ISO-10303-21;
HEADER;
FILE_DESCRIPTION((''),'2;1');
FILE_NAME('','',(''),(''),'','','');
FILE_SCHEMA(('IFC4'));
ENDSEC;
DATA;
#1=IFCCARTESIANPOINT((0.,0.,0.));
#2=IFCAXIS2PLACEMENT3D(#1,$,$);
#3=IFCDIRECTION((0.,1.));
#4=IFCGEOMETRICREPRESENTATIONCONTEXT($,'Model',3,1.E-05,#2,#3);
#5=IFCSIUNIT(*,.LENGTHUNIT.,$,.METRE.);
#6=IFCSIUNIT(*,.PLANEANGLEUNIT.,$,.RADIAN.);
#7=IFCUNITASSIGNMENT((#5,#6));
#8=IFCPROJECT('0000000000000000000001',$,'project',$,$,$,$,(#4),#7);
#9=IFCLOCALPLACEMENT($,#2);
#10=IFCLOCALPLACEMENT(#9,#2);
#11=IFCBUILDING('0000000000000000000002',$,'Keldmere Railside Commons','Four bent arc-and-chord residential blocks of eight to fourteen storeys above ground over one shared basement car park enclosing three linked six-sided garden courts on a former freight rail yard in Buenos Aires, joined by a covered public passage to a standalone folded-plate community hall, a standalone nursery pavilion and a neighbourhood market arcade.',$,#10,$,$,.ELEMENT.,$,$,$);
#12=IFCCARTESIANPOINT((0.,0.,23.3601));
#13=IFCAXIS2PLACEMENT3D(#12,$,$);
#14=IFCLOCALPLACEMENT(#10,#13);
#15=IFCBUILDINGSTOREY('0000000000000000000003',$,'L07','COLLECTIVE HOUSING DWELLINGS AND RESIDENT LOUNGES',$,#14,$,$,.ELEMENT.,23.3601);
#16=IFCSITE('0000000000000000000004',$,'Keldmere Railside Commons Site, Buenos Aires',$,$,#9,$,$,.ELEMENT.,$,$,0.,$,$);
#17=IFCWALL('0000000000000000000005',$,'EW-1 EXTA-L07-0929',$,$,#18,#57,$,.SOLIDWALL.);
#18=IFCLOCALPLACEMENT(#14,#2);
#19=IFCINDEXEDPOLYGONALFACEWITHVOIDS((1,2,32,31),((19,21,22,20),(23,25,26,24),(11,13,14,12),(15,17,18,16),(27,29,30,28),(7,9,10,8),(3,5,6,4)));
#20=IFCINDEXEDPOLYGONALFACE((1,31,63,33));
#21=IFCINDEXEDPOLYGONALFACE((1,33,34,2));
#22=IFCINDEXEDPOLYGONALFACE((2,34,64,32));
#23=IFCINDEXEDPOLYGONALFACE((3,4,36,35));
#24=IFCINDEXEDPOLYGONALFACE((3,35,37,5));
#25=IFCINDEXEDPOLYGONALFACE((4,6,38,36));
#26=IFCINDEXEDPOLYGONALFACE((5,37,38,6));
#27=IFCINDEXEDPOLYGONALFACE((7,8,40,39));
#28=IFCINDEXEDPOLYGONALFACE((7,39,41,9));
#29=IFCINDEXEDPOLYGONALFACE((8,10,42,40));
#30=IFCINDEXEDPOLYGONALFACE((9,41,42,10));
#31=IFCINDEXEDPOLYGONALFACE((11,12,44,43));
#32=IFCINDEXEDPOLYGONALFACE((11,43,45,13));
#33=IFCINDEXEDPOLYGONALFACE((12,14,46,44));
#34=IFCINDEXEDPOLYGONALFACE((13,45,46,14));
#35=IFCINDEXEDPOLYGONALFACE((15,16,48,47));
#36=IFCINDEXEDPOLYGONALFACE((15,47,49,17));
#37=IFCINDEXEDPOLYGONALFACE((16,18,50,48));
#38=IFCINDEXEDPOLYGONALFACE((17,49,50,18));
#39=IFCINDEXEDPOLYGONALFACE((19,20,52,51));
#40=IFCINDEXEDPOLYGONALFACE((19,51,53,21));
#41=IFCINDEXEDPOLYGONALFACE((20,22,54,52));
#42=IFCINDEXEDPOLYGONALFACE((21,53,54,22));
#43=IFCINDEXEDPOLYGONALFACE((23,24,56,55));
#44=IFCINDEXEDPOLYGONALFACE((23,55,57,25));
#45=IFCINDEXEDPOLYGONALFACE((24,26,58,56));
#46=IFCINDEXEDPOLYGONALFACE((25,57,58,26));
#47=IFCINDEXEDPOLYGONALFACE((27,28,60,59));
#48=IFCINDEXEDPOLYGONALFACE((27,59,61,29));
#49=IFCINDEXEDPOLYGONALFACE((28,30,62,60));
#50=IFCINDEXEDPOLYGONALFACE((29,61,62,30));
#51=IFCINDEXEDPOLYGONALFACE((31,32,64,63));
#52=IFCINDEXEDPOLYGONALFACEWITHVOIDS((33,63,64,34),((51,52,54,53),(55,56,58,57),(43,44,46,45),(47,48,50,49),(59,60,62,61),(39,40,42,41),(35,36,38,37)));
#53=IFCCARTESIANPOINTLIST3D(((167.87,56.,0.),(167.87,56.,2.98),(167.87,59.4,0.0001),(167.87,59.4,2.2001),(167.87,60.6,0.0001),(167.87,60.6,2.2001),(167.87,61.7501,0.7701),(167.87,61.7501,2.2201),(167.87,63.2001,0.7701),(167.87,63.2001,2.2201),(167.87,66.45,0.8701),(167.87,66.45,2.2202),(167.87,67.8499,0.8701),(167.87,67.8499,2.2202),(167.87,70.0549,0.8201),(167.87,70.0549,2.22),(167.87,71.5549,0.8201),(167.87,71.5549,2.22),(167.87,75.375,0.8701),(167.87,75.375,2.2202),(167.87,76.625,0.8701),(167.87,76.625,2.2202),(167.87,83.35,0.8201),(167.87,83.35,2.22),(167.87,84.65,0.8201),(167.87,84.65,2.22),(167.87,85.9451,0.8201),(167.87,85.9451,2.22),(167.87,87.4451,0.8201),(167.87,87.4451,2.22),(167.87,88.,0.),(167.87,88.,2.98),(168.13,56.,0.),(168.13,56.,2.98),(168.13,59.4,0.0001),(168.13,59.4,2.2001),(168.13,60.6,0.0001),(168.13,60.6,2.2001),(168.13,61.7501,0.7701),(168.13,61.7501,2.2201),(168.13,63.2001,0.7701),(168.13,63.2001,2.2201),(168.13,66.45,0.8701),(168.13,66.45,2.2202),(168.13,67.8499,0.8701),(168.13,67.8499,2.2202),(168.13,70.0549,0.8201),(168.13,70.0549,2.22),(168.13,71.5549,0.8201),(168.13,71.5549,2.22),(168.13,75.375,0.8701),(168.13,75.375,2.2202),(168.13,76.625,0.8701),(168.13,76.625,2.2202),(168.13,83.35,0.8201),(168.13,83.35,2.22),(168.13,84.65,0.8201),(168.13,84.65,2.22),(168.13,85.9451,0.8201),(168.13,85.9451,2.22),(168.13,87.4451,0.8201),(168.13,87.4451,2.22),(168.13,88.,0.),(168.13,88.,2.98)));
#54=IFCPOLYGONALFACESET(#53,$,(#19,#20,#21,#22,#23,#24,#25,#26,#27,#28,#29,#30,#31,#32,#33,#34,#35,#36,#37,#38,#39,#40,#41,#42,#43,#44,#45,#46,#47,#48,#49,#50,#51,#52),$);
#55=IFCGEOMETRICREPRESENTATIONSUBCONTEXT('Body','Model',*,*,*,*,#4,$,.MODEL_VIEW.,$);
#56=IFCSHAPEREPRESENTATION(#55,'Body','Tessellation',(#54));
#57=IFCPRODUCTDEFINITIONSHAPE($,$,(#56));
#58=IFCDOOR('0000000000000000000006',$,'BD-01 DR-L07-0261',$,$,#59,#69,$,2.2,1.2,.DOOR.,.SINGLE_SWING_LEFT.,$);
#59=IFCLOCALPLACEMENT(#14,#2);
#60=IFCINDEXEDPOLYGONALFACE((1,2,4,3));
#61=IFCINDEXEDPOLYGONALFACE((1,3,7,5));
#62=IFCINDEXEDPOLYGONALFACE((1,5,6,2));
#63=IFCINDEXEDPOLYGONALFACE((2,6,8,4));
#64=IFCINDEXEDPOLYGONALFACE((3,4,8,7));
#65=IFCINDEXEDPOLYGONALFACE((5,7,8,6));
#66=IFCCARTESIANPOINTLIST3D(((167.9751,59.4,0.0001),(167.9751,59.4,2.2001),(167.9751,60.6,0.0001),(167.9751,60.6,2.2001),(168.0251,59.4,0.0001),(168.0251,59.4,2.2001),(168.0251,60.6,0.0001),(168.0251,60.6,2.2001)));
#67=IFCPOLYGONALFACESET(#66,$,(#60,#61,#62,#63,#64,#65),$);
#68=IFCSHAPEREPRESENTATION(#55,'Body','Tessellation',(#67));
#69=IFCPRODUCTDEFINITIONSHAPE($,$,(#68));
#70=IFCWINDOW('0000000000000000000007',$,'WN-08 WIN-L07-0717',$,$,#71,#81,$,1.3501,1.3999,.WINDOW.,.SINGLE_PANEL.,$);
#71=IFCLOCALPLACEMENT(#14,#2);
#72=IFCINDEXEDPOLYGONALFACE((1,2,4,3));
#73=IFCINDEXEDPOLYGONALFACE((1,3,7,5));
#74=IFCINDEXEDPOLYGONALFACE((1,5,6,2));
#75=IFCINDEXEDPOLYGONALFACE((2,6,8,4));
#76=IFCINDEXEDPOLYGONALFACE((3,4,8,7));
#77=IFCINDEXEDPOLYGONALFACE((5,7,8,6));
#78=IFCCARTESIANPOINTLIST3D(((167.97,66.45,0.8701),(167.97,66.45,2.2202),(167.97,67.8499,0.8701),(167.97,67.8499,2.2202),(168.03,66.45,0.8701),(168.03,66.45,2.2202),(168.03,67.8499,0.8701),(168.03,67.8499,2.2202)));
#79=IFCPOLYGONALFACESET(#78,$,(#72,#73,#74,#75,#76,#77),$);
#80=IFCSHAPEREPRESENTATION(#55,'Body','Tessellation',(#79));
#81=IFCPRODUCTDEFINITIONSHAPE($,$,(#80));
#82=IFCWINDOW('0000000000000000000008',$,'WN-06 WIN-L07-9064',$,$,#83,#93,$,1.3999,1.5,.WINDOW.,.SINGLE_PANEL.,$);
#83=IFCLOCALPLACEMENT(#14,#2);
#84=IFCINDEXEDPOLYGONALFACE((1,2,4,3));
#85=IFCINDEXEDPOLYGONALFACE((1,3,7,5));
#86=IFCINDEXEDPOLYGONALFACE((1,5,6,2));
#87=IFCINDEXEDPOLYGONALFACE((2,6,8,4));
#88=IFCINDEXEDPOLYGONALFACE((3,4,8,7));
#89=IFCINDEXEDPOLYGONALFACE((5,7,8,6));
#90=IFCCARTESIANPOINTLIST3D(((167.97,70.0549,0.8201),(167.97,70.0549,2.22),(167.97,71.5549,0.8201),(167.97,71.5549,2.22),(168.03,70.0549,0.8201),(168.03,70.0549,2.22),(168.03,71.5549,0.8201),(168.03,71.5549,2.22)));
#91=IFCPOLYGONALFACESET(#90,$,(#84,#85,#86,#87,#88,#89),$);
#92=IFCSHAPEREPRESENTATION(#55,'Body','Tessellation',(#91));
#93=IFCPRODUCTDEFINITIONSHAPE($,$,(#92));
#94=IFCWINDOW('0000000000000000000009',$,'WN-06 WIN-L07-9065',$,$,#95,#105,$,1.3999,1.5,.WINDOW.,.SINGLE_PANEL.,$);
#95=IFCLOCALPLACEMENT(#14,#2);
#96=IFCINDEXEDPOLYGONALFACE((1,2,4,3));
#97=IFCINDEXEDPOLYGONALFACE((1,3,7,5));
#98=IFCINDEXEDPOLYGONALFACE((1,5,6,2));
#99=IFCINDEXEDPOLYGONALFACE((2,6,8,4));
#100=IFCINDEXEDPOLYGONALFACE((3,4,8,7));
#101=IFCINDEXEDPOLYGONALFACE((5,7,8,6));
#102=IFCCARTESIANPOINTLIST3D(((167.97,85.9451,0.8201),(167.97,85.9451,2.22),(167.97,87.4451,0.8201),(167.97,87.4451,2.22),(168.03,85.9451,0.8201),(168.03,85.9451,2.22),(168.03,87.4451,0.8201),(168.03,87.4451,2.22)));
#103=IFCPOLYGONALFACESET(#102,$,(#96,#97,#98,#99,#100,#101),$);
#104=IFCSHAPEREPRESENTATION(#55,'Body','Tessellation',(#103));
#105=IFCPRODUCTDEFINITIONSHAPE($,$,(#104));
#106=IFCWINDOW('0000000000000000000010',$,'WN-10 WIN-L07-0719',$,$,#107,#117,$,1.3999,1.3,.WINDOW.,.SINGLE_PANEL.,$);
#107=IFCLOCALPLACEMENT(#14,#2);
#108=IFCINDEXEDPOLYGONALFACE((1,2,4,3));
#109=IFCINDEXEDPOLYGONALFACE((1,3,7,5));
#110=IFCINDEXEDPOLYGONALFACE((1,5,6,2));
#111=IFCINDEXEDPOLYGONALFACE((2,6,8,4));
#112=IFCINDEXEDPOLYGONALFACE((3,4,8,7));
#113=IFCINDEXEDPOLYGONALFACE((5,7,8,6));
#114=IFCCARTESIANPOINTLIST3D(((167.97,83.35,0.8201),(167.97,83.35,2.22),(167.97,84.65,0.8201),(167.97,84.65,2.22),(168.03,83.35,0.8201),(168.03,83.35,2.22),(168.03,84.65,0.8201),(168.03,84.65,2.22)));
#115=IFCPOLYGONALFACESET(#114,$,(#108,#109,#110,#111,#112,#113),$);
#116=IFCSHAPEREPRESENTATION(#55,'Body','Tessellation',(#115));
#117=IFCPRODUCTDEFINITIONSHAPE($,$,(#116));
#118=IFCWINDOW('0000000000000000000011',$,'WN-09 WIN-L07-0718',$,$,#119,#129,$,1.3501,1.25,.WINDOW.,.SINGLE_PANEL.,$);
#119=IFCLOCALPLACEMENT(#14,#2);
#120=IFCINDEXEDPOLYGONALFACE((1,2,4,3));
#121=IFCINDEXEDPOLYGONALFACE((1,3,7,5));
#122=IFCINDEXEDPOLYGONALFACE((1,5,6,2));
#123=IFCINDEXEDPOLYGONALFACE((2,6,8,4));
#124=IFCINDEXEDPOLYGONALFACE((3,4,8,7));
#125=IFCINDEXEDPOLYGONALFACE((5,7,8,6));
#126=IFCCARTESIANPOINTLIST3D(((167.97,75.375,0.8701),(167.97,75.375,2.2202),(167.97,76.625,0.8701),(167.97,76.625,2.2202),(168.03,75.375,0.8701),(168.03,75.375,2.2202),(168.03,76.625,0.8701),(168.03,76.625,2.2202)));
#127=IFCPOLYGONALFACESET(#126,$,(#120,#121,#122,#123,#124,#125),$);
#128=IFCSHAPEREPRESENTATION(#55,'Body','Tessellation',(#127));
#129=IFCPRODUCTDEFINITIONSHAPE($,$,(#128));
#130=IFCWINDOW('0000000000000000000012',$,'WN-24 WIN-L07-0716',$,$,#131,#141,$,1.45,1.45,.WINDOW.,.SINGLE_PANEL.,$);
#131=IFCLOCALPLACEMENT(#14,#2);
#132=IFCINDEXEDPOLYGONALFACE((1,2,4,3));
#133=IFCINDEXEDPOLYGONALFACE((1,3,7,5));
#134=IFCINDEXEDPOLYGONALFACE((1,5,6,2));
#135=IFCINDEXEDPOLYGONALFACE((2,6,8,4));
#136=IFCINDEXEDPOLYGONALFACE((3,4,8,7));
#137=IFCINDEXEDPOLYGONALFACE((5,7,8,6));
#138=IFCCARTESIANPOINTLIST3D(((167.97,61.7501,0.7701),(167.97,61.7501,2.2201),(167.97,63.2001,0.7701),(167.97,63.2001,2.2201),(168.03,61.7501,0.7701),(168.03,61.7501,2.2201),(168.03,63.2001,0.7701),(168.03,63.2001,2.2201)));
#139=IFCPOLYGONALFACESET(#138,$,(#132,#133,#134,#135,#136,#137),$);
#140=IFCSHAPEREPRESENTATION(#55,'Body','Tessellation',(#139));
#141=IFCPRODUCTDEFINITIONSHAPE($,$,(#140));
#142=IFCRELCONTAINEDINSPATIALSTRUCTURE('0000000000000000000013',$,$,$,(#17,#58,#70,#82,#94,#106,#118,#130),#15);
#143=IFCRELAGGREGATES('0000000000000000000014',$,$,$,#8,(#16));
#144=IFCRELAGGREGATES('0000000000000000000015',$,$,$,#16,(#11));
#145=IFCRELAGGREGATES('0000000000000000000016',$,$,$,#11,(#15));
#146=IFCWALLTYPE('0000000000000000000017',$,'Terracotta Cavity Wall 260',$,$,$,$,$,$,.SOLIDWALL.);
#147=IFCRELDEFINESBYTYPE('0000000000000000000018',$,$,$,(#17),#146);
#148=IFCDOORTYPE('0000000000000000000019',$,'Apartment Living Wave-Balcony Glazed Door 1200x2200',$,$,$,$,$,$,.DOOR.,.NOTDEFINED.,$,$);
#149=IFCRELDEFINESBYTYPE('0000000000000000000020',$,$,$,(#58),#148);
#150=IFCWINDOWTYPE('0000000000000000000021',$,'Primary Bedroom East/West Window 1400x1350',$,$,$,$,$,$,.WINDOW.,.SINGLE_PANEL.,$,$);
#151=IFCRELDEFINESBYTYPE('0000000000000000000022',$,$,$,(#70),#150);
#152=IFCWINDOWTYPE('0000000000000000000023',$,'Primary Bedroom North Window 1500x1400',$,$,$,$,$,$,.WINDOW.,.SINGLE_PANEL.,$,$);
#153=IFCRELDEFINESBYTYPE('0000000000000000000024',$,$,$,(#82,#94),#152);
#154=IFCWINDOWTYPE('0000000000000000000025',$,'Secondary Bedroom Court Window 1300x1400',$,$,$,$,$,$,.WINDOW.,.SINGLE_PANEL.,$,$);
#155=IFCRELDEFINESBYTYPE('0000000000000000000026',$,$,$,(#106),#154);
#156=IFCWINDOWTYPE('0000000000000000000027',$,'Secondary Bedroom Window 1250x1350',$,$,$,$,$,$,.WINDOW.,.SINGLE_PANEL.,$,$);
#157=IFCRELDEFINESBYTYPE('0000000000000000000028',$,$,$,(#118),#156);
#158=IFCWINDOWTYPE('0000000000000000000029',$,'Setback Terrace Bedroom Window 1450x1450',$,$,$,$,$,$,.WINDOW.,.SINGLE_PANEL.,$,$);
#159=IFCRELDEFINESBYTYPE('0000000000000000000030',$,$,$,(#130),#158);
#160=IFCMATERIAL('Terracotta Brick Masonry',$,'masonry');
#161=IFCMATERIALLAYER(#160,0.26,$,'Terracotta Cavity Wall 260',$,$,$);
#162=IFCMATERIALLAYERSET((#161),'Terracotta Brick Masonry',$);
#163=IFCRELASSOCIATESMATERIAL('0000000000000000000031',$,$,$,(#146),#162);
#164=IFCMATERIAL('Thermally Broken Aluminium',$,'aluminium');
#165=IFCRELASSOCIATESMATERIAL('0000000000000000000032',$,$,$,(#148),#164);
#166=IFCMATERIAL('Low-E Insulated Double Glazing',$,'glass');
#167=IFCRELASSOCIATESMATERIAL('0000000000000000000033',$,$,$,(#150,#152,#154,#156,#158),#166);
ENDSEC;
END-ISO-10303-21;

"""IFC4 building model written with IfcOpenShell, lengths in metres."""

from ifc_helpers import new_model, si_unit, direction, frame, frame_2d, origin, place, context, subcontext, project, spatial, rectangle, extrude, material, layer, layer_set, type_object, element, fill, save


model = new_model("IFC4")

# Units and contexts
model_context = context("Model", 3, precision=1e-05, world=origin(), true_north=direction((0.0, 1.0)))
body_context = subcontext(model_context, "Body", "Model", "MODEL_VIEW")
ifc_project = project(units=[si_unit("LENGTHUNIT", "METRE"), si_unit("PLANEANGLEUNIT", "RADIAN")], contexts=[model_context])

# Site, building, storey
site_placement = place(None, origin())
site = spatial("IfcSite", under=ifc_project, at=site_placement, Name="Keldmere Railside Commons Site, Buenos Aires", CompositionType="ELEMENT", RefElevation=0.0)
building_placement = place(site_placement, origin())
building = spatial("IfcBuilding", under=site, at=building_placement, Name="Keldmere Railside Commons", Description="Four bent arc-and-chord residential blocks of eight to fourteen storeys above ground over one shared basement car park enclosing three linked six-sided garden courts on a former freight rail yard in Buenos Aires, joined by a covered public passage to a standalone folded-plate community hall, a standalone nursery pavilion and a neighbourhood market arcade.", CompositionType="ELEMENT")
storey_placement = place(building_placement, frame((0.0, 0.0, 23.3601)))
storey = spatial("IfcBuildingStorey", under=building, at=storey_placement, Name="L07", Description="COLLECTIVE HOUSING DWELLINGS AND RESIDENT LOUNGES", CompositionType="ELEMENT", Elevation=23.3601)

# Wall, openings, door, windows
ifc_material_1 = material(Name="Terracotta Brick Masonry", Category="masonry")
ifc_layer_1 = layer(ifc_material_1, 0.26, Name="Terracotta Cavity Wall 260")
ifc_layer_set_1 = layer_set([ifc_layer_1], Name="Terracotta Brick Masonry")
wall_type_1 = type_object("IfcWallType", Name="Terracotta Cavity Wall 260", PredefinedType="SOLIDWALL", material=ifc_layer_set_1)
wall_1_placement = place(storey_placement, frame((168.0, 56.0, 0.0), z_axis=(0.0, 0.0, 1.0), x_axis=(0.0, 1.0, 0.0)))
wall_1 = element("IfcWall", 1, at=wall_1_placement, inside=storey, type_object=wall_type_1, Name="EW-1 EXTA-L07-0929", PredefinedType="SOLIDWALL", context=body_context, shape_type="SweptSolid", body=[
    extrude(rectangle(XDim=32.0, YDim=0.26, at=frame_2d((16.0, 0.0))), origin(), (0.0, 0.0, 1.0), 2.98),
])
opening_1_placement = place(wall_1_placement, frame((3.3999, 0.0, 0.0)))
opening_1 = element("IfcOpeningElement", 2, at=opening_1_placement, cuts=wall_1, PredefinedType="OPENING", context=body_context, shape_type="SweptSolid", body=[
    extrude(rectangle(XDim=1.2, YDim=2.2, at=frame_2d((0.6001, 1.1001))), frame((0.0, 0.1399, 0.0), z_axis=(0.0, -1.0, 0.0), x_axis=(1.0, 0.0, 0.0)), (0.0, 0.0, 1.0), 0.28),
])
opening_2_placement = place(wall_1_placement, frame((5.75, 0.0, 0.77)))
opening_2 = element("IfcOpeningElement", 3, at=opening_2_placement, cuts=wall_1, PredefinedType="OPENING", context=body_context, shape_type="SweptSolid", body=[
    extrude(rectangle(XDim=1.45, YDim=1.45, at=frame_2d((0.7251, 0.7251))), frame((0.0, 0.1399, 0.0), z_axis=(0.0, -1.0, 0.0), x_axis=(1.0, 0.0, 0.0)), (0.0, 0.0, 1.0), 0.28),
])
opening_3_placement = place(wall_1_placement, frame((10.45, 0.0, 0.8701)))
opening_3 = element("IfcOpeningElement", 4, at=opening_3_placement, cuts=wall_1, PredefinedType="OPENING", context=body_context, shape_type="SweptSolid", body=[
    extrude(rectangle(XDim=1.3999, YDim=1.3501, at=frame_2d((0.7, 0.675))), frame((0.0, 0.1399, 0.0), z_axis=(0.0, -1.0, 0.0), x_axis=(1.0, 0.0, 0.0)), (0.0, 0.0, 1.0), 0.28),
])
opening_4_placement = place(wall_1_placement, frame((19.375, 0.0, 0.8701)))
opening_4 = element("IfcOpeningElement", 5, at=opening_4_placement, cuts=wall_1, PredefinedType="OPENING", context=body_context, shape_type="SweptSolid", body=[
    extrude(rectangle(XDim=1.25, YDim=1.3501, at=frame_2d((0.625, 0.675))), frame((0.0, 0.1399, 0.0), z_axis=(0.0, -1.0, 0.0), x_axis=(1.0, 0.0, 0.0)), (0.0, 0.0, 1.0), 0.28),
])
opening_5_placement = place(wall_1_placement, frame((27.3501, 0.0, 0.8201)))
opening_5 = element("IfcOpeningElement", 6, at=opening_5_placement, cuts=wall_1, PredefinedType="OPENING", context=body_context, shape_type="SweptSolid", body=[
    extrude(rectangle(XDim=1.3, YDim=1.3999, at=frame_2d((0.6499, 0.7))), frame((0.0, 0.1399, 0.0), z_axis=(0.0, -1.0, 0.0), x_axis=(1.0, 0.0, 0.0)), (0.0, 0.0, 1.0), 0.28),
])
opening_6_placement = place(wall_1_placement, frame((14.0549, 0.0, 0.8201)))
opening_6 = element("IfcOpeningElement", 7, at=opening_6_placement, cuts=wall_1, PredefinedType="OPENING", context=body_context, shape_type="SweptSolid", body=[
    extrude(rectangle(XDim=1.5, YDim=1.3999, at=frame_2d((0.75, 0.7))), frame((0.0, 0.1399, 0.0), z_axis=(0.0, -1.0, 0.0), x_axis=(1.0, 0.0, 0.0)), (0.0, 0.0, 1.0), 0.28),
])
opening_7_placement = place(wall_1_placement, frame((29.9451, 0.0, 0.8201)))
opening_7 = element("IfcOpeningElement", 8, at=opening_7_placement, cuts=wall_1, PredefinedType="OPENING", context=body_context, shape_type="SweptSolid", body=[
    extrude(rectangle(XDim=1.5, YDim=1.3999, at=frame_2d((0.75, 0.7))), frame((0.0, 0.1399, 0.0), z_axis=(0.0, -1.0, 0.0), x_axis=(1.0, 0.0, 0.0)), (0.0, 0.0, 1.0), 0.28),
])
ifc_material_2 = material(Name="Thermally Broken Aluminium", Category="aluminium")
door_type_1 = type_object("IfcDoorType", Name="Apartment Living Wave-Balcony Glazed Door 1200x2200", OperationType="NOTDEFINED", PredefinedType="DOOR", material=ifc_material_2)
door_1_placement = place(opening_1_placement, origin())
door_1 = element("IfcDoor", 9, at=door_1_placement, inside=storey, type_object=door_type_1, Name="BD-01 DR-L07-0261", OperationType="SINGLE_SWING_LEFT", OverallHeight=2.2, OverallWidth=1.2, PredefinedType="DOOR", context=body_context, shape_type="SweptSolid", body=[
    extrude(rectangle(XDim=1.2, YDim=2.2, at=frame_2d((0.6001, 1.1001))), frame((0.0, 0.0249, 0.0), z_axis=(0.0, -1.0, 0.0), x_axis=(1.0, 0.0, 0.0)), (0.0, 0.0, 1.0), 0.05),
])
fill(opening_1, door_1)
ifc_material_3 = material(Name="Low-E Insulated Double Glazing", Category="glass")
window_type_1 = type_object("IfcWindowType", Name="Primary Bedroom East/West Window 1400x1350", PartitioningType="SINGLE_PANEL", PredefinedType="WINDOW", material=ifc_material_3)
window_1_placement = place(opening_3_placement, origin())
window_1 = element("IfcWindow", 10, at=window_1_placement, inside=storey, type_object=window_type_1, Name="WN-08 WIN-L07-0717", OverallHeight=1.3501, OverallWidth=1.3999, PartitioningType="SINGLE_PANEL", PredefinedType="WINDOW", context=body_context, shape_type="SweptSolid", body=[
    extrude(rectangle(XDim=1.3999, YDim=1.3501, at=frame_2d((0.7, 0.675))), frame((0.0, 0.03, 0.0), z_axis=(0.0, -1.0, 0.0), x_axis=(1.0, 0.0, 0.0)), (0.0, 0.0, 1.0), 0.0601),
])
fill(opening_3, window_1)
window_type_2 = type_object("IfcWindowType", Name="Primary Bedroom North Window 1500x1400", PartitioningType="SINGLE_PANEL", PredefinedType="WINDOW", material=ifc_material_3)
window_2_placement = place(opening_6_placement, origin())
window_2 = element("IfcWindow", 11, at=window_2_placement, inside=storey, type_object=window_type_2, Name="WN-06 WIN-L07-9064", OverallHeight=1.3999, OverallWidth=1.5, PartitioningType="SINGLE_PANEL", PredefinedType="WINDOW", context=body_context, shape_type="SweptSolid", body=[
    extrude(rectangle(XDim=1.5, YDim=1.3999, at=frame_2d((0.75, 0.7))), frame((0.0, 0.03, 0.0), z_axis=(0.0, -1.0, 0.0), x_axis=(1.0, 0.0, 0.0)), (0.0, 0.0, 1.0), 0.0601),
])
fill(opening_6, window_2)
window_3_placement = place(opening_7_placement, origin())
window_3 = element("IfcWindow", 12, at=window_3_placement, inside=storey, type_object=window_type_2, Name="WN-06 WIN-L07-9065", OverallHeight=1.3999, OverallWidth=1.5, PartitioningType="SINGLE_PANEL", PredefinedType="WINDOW", context=body_context, shape_type="SweptSolid", body=[
    extrude(rectangle(XDim=1.5, YDim=1.3999, at=frame_2d((0.75, 0.7))), frame((0.0, 0.03, 0.0), z_axis=(0.0, -1.0, 0.0), x_axis=(1.0, 0.0, 0.0)), (0.0, 0.0, 1.0), 0.0601),
])
fill(opening_7, window_3)
window_type_3 = type_object("IfcWindowType", Name="Secondary Bedroom Court Window 1300x1400", PartitioningType="SINGLE_PANEL", PredefinedType="WINDOW", material=ifc_material_3)
window_4_placement = place(opening_5_placement, origin())
window_4 = element("IfcWindow", 13, at=window_4_placement, inside=storey, type_object=window_type_3, Name="WN-10 WIN-L07-0719", OverallHeight=1.3999, OverallWidth=1.3, PartitioningType="SINGLE_PANEL", PredefinedType="WINDOW", context=body_context, shape_type="SweptSolid", body=[
    extrude(rectangle(XDim=1.3, YDim=1.3999, at=frame_2d((0.6499, 0.7))), frame((0.0, 0.03, 0.0), z_axis=(0.0, -1.0, 0.0), x_axis=(1.0, 0.0, 0.0)), (0.0, 0.0, 1.0), 0.0601),
])
fill(opening_5, window_4)
window_type_4 = type_object("IfcWindowType", Name="Secondary Bedroom Window 1250x1350", PartitioningType="SINGLE_PANEL", PredefinedType="WINDOW", material=ifc_material_3)
window_5_placement = place(opening_4_placement, origin())
window_5 = element("IfcWindow", 14, at=window_5_placement, inside=storey, type_object=window_type_4, Name="WN-09 WIN-L07-0718", OverallHeight=1.3501, OverallWidth=1.25, PartitioningType="SINGLE_PANEL", PredefinedType="WINDOW", context=body_context, shape_type="SweptSolid", body=[
    extrude(rectangle(XDim=1.25, YDim=1.3501, at=frame_2d((0.625, 0.675))), frame((0.0, 0.03, 0.0), z_axis=(0.0, -1.0, 0.0), x_axis=(1.0, 0.0, 0.0)), (0.0, 0.0, 1.0), 0.0601),
])
fill(opening_4, window_5)
window_type_5 = type_object("IfcWindowType", Name="Setback Terrace Bedroom Window 1450x1450", PartitioningType="SINGLE_PANEL", PredefinedType="WINDOW", material=ifc_material_3)
window_6_placement = place(opening_2_placement, origin())
window_6 = element("IfcWindow", 15, at=window_6_placement, inside=storey, type_object=window_type_5, Name="WN-24 WIN-L07-0716", OverallHeight=1.45, OverallWidth=1.45, PartitioningType="SINGLE_PANEL", PredefinedType="WINDOW", context=body_context, shape_type="SweptSolid", body=[
    extrude(rectangle(XDim=1.45, YDim=1.45, at=frame_2d((0.7251, 0.7251))), frame((0.0, 0.03, 0.0), z_axis=(0.0, -1.0, 0.0), x_axis=(1.0, 0.0, 0.0)), (0.0, 0.0, 1.0), 0.0601),
])
fill(opening_2, window_6)

save(model, "model.ifc")
